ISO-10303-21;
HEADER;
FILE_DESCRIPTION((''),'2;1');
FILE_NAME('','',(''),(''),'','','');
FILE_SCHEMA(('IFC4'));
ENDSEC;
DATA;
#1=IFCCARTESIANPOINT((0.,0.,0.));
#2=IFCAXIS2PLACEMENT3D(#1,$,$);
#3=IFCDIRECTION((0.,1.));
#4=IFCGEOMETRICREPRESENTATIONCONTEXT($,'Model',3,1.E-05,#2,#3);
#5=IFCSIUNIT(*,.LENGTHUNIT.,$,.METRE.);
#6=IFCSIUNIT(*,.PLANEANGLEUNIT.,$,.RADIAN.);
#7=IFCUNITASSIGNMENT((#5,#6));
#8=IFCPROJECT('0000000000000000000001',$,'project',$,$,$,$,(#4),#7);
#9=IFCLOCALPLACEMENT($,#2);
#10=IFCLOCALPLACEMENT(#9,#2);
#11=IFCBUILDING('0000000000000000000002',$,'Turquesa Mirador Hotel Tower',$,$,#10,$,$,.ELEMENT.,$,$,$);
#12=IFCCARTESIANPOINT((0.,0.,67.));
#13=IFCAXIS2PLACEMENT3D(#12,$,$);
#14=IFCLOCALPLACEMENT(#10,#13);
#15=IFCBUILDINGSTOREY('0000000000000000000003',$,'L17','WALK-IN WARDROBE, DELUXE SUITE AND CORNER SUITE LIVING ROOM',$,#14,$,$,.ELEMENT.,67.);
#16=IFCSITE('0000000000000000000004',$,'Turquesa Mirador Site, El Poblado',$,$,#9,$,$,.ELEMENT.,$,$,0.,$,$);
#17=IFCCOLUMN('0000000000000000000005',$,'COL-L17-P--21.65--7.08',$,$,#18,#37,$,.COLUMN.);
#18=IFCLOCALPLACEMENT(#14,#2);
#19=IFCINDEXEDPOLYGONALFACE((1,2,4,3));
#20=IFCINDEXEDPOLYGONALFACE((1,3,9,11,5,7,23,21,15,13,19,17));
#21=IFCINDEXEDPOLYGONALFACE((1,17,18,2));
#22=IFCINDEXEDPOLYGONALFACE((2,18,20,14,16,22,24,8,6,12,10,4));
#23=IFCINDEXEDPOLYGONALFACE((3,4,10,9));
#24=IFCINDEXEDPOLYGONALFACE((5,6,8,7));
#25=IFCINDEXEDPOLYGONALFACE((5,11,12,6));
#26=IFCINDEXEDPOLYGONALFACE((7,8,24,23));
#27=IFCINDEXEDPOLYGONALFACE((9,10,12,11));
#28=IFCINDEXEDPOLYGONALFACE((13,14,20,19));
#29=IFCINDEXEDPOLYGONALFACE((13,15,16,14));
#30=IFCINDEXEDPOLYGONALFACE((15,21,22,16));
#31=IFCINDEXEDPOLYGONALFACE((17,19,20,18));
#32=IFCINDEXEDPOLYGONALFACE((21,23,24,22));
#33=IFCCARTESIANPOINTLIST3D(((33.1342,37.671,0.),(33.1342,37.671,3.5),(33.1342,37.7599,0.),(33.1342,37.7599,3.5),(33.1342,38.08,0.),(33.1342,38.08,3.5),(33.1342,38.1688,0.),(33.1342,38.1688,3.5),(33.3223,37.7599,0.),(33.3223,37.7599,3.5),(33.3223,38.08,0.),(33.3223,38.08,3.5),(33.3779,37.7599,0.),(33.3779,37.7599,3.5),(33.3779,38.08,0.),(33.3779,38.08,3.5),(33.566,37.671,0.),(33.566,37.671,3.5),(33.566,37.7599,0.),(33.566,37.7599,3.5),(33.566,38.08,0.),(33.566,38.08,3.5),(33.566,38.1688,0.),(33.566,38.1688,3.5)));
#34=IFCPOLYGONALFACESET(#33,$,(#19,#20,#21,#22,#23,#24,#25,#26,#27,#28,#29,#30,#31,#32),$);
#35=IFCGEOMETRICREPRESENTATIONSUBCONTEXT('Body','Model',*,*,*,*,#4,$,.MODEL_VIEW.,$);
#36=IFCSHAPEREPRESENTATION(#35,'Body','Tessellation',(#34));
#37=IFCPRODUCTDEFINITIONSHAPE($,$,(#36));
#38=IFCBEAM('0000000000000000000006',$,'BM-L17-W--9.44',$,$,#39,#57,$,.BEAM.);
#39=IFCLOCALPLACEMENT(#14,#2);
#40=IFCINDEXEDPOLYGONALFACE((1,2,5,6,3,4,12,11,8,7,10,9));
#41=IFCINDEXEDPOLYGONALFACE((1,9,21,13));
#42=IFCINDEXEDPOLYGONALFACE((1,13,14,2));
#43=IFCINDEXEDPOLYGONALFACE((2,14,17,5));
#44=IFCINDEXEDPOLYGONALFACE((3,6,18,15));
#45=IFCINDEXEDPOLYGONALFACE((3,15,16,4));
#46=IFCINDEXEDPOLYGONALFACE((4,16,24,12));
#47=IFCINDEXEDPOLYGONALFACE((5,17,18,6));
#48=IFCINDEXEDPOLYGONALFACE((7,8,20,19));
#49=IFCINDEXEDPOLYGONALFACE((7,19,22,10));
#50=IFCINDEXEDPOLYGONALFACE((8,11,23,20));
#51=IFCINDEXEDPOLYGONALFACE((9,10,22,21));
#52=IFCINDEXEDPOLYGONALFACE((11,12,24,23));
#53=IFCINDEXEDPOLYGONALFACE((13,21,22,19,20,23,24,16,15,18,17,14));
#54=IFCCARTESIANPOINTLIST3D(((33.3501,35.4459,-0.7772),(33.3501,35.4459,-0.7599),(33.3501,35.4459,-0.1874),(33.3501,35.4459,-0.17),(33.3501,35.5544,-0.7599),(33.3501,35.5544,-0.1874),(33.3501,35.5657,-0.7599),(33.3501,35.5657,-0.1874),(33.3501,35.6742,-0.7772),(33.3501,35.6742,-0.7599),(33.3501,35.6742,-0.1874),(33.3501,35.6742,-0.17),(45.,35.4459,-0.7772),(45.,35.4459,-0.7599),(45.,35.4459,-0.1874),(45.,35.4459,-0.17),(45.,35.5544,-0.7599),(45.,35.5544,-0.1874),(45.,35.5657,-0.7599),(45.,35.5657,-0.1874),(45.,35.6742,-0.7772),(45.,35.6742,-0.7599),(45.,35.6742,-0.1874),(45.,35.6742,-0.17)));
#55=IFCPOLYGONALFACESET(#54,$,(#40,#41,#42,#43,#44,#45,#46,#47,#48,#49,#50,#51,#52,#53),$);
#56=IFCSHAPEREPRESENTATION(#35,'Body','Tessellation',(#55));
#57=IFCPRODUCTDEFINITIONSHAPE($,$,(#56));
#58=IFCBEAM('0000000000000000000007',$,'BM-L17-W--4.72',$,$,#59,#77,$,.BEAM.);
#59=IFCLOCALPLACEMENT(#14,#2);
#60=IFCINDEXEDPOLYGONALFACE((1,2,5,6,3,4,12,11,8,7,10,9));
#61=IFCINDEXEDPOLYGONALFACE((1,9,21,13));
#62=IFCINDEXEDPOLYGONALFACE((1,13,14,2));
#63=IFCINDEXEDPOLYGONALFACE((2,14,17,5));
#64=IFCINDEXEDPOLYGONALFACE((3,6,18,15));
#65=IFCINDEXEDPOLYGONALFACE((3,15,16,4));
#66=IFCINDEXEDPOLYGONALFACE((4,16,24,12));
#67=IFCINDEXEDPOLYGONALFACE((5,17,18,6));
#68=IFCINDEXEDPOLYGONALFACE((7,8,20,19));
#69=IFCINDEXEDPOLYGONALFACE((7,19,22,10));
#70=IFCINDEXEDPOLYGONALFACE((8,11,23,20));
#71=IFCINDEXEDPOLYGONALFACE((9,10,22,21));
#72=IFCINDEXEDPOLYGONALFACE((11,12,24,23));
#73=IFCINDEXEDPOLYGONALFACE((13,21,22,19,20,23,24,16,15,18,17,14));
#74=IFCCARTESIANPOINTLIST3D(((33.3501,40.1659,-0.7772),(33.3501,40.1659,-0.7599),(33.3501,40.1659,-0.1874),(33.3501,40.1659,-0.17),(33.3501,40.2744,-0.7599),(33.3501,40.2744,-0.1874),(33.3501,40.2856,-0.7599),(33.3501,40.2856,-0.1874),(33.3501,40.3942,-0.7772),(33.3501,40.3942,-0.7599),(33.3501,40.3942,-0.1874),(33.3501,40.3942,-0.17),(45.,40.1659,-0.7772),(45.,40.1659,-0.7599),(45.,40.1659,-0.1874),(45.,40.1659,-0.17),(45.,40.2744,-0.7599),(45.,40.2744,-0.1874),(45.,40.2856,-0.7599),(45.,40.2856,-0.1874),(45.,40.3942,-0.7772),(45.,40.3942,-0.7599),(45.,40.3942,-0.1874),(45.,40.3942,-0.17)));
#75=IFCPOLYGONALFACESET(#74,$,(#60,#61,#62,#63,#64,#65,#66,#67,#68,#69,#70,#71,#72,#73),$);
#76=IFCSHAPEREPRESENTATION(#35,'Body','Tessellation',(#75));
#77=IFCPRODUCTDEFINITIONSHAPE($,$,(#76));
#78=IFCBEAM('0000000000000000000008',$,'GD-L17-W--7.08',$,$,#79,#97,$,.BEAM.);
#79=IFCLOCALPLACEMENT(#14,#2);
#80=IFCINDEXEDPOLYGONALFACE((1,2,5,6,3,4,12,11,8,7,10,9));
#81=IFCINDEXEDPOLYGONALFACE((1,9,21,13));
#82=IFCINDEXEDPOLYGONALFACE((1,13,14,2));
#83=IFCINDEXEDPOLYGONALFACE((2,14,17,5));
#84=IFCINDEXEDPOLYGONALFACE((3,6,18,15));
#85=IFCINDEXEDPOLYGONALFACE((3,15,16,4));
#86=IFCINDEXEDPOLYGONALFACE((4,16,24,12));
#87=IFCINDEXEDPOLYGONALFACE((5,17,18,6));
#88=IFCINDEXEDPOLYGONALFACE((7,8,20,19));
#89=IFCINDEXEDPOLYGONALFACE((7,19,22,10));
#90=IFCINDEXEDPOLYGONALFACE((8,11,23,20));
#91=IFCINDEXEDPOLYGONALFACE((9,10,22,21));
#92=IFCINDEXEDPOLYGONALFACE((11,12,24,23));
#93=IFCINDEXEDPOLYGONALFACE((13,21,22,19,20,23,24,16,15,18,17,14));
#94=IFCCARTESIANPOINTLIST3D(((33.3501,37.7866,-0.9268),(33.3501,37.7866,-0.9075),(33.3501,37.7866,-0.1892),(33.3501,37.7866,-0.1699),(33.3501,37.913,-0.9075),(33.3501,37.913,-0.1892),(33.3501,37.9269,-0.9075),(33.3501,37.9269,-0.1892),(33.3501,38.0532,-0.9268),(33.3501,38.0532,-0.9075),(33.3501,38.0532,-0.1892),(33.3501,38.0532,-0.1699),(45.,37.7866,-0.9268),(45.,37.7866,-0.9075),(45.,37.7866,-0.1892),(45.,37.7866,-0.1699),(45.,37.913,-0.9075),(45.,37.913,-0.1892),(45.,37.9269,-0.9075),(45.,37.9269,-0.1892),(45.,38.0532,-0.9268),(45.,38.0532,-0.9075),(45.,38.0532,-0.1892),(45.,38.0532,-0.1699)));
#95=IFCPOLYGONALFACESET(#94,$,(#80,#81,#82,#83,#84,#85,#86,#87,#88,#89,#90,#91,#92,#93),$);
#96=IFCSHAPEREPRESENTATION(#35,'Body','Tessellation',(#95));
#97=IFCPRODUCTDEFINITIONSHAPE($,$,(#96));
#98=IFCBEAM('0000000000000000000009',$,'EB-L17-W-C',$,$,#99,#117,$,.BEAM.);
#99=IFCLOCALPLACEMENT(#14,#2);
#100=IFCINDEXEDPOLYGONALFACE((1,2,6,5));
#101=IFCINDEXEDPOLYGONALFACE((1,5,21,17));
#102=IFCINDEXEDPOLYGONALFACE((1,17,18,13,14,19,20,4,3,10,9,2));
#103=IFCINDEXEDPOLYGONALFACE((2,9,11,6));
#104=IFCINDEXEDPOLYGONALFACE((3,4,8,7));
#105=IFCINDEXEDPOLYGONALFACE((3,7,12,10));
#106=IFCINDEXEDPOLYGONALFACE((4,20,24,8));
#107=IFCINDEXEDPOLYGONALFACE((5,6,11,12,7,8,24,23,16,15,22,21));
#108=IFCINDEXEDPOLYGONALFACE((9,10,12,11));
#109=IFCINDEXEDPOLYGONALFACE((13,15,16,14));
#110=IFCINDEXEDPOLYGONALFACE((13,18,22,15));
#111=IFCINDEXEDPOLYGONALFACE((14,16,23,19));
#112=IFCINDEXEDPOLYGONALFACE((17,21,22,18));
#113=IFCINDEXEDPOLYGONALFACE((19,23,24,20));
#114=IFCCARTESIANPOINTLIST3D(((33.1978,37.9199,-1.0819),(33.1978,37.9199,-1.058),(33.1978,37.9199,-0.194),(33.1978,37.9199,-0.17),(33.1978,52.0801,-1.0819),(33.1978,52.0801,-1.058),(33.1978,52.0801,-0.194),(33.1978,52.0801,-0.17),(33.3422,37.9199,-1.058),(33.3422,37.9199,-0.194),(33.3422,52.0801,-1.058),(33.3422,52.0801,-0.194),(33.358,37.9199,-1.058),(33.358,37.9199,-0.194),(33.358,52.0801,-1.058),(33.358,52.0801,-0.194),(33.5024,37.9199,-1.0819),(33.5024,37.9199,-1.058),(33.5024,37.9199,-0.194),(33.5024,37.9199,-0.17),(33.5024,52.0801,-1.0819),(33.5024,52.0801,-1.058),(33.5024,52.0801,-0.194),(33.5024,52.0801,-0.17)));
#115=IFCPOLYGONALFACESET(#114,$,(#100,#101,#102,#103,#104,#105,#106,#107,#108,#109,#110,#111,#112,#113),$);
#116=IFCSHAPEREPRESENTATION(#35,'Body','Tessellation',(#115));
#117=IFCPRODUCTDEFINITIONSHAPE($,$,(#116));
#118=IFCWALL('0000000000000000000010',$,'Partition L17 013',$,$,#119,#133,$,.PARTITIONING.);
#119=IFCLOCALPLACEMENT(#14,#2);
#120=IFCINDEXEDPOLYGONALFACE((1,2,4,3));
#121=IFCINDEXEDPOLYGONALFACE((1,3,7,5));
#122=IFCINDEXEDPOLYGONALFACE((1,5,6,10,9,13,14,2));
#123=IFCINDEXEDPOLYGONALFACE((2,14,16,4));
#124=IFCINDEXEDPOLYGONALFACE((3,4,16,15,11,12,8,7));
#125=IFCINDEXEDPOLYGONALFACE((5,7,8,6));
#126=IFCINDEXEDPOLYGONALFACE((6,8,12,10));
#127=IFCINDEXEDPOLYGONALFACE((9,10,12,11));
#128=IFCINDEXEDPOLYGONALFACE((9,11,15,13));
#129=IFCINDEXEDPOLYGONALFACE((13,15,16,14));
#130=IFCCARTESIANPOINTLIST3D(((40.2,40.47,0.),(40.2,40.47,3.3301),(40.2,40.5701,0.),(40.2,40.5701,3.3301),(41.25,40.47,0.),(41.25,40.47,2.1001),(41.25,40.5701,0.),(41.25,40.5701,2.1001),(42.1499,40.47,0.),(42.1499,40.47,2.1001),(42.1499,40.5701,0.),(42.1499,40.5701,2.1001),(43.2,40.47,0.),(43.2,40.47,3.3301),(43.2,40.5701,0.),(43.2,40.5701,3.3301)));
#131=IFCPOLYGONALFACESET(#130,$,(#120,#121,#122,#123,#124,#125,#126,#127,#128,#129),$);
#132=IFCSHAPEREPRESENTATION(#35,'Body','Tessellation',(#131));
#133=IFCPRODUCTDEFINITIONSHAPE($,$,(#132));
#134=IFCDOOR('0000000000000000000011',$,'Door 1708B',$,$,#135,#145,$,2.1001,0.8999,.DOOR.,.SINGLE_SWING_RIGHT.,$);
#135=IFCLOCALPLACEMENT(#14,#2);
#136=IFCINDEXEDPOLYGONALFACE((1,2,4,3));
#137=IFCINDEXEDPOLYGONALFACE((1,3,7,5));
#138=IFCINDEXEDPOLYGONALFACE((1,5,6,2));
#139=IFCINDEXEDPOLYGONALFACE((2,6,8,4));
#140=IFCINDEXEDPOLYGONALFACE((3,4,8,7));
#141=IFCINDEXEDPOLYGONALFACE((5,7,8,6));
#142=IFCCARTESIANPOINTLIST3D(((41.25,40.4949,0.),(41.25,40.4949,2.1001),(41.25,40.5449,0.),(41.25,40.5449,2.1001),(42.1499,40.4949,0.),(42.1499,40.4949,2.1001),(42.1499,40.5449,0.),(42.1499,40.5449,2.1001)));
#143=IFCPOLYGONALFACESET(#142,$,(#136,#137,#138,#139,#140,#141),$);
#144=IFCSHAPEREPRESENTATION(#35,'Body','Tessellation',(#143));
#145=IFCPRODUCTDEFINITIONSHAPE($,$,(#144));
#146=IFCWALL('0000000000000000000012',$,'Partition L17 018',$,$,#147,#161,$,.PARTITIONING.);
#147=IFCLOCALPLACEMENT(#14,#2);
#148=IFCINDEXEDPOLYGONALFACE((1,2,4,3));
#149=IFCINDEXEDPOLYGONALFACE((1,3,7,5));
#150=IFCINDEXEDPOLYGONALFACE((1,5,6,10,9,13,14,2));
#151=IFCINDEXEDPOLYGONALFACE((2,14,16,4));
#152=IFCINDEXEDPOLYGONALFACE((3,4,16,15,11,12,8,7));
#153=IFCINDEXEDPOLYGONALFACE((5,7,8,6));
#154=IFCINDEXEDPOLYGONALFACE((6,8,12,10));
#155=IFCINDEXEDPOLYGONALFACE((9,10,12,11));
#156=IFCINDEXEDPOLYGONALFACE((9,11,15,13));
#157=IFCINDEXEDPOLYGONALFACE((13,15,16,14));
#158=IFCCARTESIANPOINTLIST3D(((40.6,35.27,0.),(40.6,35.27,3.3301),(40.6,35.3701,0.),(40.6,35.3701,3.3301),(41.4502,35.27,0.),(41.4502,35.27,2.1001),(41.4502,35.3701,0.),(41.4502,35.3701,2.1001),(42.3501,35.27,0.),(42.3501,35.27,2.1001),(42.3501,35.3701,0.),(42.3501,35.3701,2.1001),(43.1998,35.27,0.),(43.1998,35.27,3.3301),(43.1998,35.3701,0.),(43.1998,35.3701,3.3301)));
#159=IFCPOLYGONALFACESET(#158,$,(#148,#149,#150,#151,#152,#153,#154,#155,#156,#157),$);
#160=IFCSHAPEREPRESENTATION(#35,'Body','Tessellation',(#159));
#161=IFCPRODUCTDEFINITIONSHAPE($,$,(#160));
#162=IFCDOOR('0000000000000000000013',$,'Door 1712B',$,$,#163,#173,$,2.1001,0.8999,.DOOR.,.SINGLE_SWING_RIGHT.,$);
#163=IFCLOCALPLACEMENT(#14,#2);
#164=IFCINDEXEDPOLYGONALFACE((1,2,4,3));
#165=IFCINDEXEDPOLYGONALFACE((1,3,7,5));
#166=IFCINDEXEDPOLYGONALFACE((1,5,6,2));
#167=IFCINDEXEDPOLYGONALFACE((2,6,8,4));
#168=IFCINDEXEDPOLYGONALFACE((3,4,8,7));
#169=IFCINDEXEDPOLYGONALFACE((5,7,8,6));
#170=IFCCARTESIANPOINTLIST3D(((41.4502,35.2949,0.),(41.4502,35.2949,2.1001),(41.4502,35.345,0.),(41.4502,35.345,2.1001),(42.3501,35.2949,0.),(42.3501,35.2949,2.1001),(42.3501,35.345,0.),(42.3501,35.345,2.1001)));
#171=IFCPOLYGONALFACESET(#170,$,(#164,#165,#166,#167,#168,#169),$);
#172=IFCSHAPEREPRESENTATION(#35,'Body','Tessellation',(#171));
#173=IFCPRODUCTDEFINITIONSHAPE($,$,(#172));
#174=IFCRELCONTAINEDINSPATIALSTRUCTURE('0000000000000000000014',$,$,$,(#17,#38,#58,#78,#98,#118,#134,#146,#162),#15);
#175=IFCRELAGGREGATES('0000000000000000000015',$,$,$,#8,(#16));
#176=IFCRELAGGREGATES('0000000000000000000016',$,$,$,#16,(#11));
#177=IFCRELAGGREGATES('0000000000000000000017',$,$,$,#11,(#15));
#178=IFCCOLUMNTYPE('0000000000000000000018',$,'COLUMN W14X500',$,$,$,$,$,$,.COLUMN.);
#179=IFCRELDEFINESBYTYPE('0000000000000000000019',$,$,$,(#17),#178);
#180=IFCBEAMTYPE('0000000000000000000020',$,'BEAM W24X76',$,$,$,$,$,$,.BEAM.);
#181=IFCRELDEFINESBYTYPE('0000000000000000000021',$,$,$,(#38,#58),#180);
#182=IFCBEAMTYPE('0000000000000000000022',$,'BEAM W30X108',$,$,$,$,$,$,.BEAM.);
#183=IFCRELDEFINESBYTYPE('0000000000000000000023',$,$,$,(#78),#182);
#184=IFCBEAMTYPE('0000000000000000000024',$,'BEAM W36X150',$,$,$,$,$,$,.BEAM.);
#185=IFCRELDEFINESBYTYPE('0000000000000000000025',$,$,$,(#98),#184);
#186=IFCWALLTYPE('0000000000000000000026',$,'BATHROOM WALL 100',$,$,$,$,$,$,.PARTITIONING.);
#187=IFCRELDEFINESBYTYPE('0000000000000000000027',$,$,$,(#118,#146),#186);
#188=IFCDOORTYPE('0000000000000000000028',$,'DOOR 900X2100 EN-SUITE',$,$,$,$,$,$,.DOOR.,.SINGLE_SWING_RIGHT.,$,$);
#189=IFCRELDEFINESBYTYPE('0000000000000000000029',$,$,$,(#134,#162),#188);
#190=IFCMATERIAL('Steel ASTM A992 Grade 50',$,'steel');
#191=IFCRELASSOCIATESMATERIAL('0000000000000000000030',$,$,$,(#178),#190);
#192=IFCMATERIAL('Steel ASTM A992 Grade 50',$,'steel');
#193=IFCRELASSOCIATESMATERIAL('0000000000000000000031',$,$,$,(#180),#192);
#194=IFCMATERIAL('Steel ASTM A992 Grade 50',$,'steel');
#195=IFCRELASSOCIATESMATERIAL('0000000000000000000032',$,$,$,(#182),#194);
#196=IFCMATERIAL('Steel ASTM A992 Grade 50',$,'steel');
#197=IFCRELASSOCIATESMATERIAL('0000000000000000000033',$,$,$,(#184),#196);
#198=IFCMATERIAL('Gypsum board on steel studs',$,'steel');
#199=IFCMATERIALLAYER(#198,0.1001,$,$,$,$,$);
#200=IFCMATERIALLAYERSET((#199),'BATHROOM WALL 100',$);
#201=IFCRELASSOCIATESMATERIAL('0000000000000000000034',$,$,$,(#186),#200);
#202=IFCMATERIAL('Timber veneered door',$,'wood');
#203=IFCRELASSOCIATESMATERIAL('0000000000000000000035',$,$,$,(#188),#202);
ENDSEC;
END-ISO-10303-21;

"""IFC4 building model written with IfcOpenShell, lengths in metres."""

from ifc_helpers import new_model, si_unit, direction, frame, frame_2d, origin, origin_2d, place, context, subcontext, project, spatial, rectangle, i_section, extrude, material, layer, layer_set, material_profile, profile_set, type_object, element, fill, save


model = new_model("IFC4")

# Units and contexts
model_context = context("Model", 3, precision=1e-05, world=origin(), true_north=direction((0.0, 1.0)))
body_context = subcontext(model_context, "Body", "Model", "MODEL_VIEW")
ifc_project = project(units=[si_unit("LENGTHUNIT", "METRE"), si_unit("PLANEANGLEUNIT", "RADIAN")], contexts=[model_context])

# Site, building, storey
site_placement = place(None, origin())
site = spatial("IfcSite", under=ifc_project, at=site_placement, Name="Turquesa Mirador Site, El Poblado", CompositionType="ELEMENT", RefElevation=0.0)
building_placement = place(site_placement, origin())
building = spatial("IfcBuilding", under=site, at=building_placement, Name="Turquesa Mirador Hotel Tower", CompositionType="ELEMENT")
storey_placement = place(building_placement, frame((0.0, 0.0, 67.0)))
storey = spatial("IfcBuildingStorey", under=building, at=storey_placement, Name="L17", Description="WALK-IN WARDROBE, DELUXE SUITE AND CORNER SUITE LIVING ROOM", CompositionType="ELEMENT", Elevation=67.0)

# Column
ifc_material_1 = material(Name="Steel ASTM A992 Grade 50", Category="steel")
ifc_material_profile_1 = material_profile(ifc_material_1, i_section(OverallWidth=0.4319, OverallDepth=0.4978, WebThickness=0.0557, FlangeThickness=0.0889, at=origin_2d()), Name="W14X500")
ifc_profile_set_1 = profile_set([ifc_material_profile_1], Name="Steel ASTM A992 Grade 50")
column_type = type_object("IfcColumnType", Name="COLUMN W14X500", PredefinedType="COLUMN", material=ifc_profile_set_1)
column_placement = place(storey_placement, frame((33.3501, 37.9199, 0.0), z_axis=(0.0, 0.0, 1.0), x_axis=(1.0, 0.0, 0.0)))
element("IfcColumn", 1, at=column_placement, inside=storey, type_object=column_type, Name="COL-L17-P--21.65--7.08", PredefinedType="COLUMN", context=body_context, shape_type="SweptSolid", body=[
    extrude(i_section(OverallWidth=0.4319, OverallDepth=0.4978, WebThickness=0.0557, FlangeThickness=0.0889, at=origin_2d()), origin(), (0.0, 0.0, 1.0), 3.5),
])

# Beams
ifc_material_2 = material(Name="Steel ASTM A992 Grade 50", Category="steel")
ifc_material_profile_2 = material_profile(ifc_material_2, i_section(OverallWidth=0.2283, OverallDepth=0.6072, WebThickness=0.0112, FlangeThickness=0.0173, at=origin_2d()), Name="W24X76")
ifc_profile_set_2 = profile_set([ifc_material_profile_2], Name="Steel ASTM A992 Grade 50")
beam_type_1 = type_object("IfcBeamType", Name="BEAM W24X76", PredefinedType="BEAM", material=ifc_profile_set_2)
for number, where, z_axis, x_axis, name in (
    (2, (33.3501, 35.5601, -0.4736), (1.0, 0.0, 0.0), (0.0, 1.0, 0.0), "BM-L17-W--9.44"),
    (3, (33.3501, 40.28, -0.4736), (1.0, 0.0, 0.0), (0.0, 1.0, 0.0), "BM-L17-W--4.72"),
):
    element("IfcBeam", number, at=place(storey_placement, frame(where, z_axis=z_axis, x_axis=x_axis)), inside=storey, type_object=beam_type_1, Name=name, PredefinedType="BEAM", context=body_context, shape_type="SweptSolid", body=[
        extrude(i_section(OverallWidth=0.2283, OverallDepth=0.6072, WebThickness=0.0112, FlangeThickness=0.0173, at=origin_2d()), origin(), (0.0, 0.0, 1.0), 11.6499),
    ])
ifc_material_3 = material(Name="Steel ASTM A992 Grade 50", Category="steel")
ifc_material_profile_3 = material_profile(ifc_material_3, i_section(OverallWidth=0.2666, OverallDepth=0.7568, WebThickness=0.0139, FlangeThickness=0.0193, at=origin_2d()), Name="W30X108")
ifc_profile_set_3 = profile_set([ifc_material_profile_3], Name="Steel ASTM A992 Grade 50")
beam_type_2 = type_object("IfcBeamType", Name="BEAM W30X108", PredefinedType="BEAM", material=ifc_profile_set_3)
beam_1_placement = place(storey_placement, frame((33.3501, 37.9199, -0.5483), z_axis=(1.0, 0.0, 0.0), x_axis=(0.0, 1.0, 0.0)))
element("IfcBeam", 4, at=beam_1_placement, inside=storey, type_object=beam_type_2, Name="GD-L17-W--7.08", PredefinedType="BEAM", context=body_context, shape_type="SweptSolid", body=[
    extrude(i_section(OverallWidth=0.2666, OverallDepth=0.7568, WebThickness=0.0139, FlangeThickness=0.0193, at=origin_2d()), origin(), (0.0, 0.0, 1.0), 11.6499),
])
ifc_material_4 = material(Name="Steel ASTM A992 Grade 50", Category="steel")
ifc_material_profile_4 = material_profile(ifc_material_4, i_section(OverallWidth=0.3047, OverallDepth=0.9119, WebThickness=0.0159, FlangeThickness=0.0239, at=origin_2d()), Name="W36X150")
ifc_profile_set_4 = profile_set([ifc_material_profile_4], Name="Steel ASTM A992 Grade 50")
beam_type_3 = type_object("IfcBeamType", Name="BEAM W36X150", PredefinedType="BEAM", material=ifc_profile_set_4)
beam_2_placement = place(storey_placement, frame((33.3501, 37.9199, -0.626), z_axis=(0.0, 1.0, 0.0), x_axis=(-1.0, 0.0, 0.0)))
element("IfcBeam", 5, at=beam_2_placement, inside=storey, type_object=beam_type_3, Name="EB-L17-W-C", PredefinedType="BEAM", context=body_context, shape_type="SweptSolid", body=[
    extrude(i_section(OverallWidth=0.3047, OverallDepth=0.9119, WebThickness=0.0159, FlangeThickness=0.0239, at=origin_2d()), origin(), (0.0, 0.0, 1.0), 14.1602),
])

# Walls, openings, doors
ifc_material_5 = material(Name="Gypsum board on steel studs", Category="steel")
ifc_layer = layer(ifc_material_5, 0.1001)
ifc_layer_set = layer_set([ifc_layer], Name="BATHROOM WALL 100")
wall_type = type_object("IfcWallType", Name="BATHROOM WALL 100", PredefinedType="PARTITIONING", material=ifc_layer_set)
wall_1_placement = place(storey_placement, frame((40.2, 40.52, 0.0), z_axis=(0.0, 0.0, 1.0), x_axis=(1.0, 0.0, 0.0)))
wall_1 = element("IfcWall", 6, at=wall_1_placement, inside=storey, type_object=wall_type, Name="Partition L17 013", PredefinedType="PARTITIONING", context=body_context, shape_type="SweptSolid", body=[
    extrude(rectangle(XDim=3.0, YDim=0.1001, at=frame_2d((1.5, 0.0))), origin(), (0.0, 0.0, 1.0), 3.3301),
])
opening_1_placement = place(wall_1_placement, frame((1.05, 0.0, 0.0)))
opening_1 = element("IfcOpeningElement", 7, at=opening_1_placement, cuts=wall_1, PredefinedType="OPENING", context=body_context, shape_type="SweptSolid", body=[
    extrude(rectangle(XDim=0.8999, YDim=2.1001, at=frame_2d((0.45, 1.05))), frame((0.0, 0.0601, 0.0), z_axis=(0.0, -1.0, 0.0), x_axis=(1.0, 0.0, 0.0)), (0.0, 0.0, 1.0), 0.1201),
])
ifc_material_6 = material(Name="Timber veneered door", Category="wood")
door_type = type_object("IfcDoorType", Name="DOOR 900X2100 EN-SUITE", OperationType="SINGLE_SWING_RIGHT", PredefinedType="DOOR", material=ifc_material_6)
door_1_placement = place(opening_1_placement, origin())
door_1 = element("IfcDoor", 8, at=door_1_placement, inside=storey, type_object=door_type, Name="Door 1708B", OperationType="SINGLE_SWING_RIGHT", OverallHeight=2.1001, OverallWidth=0.8999, PredefinedType="DOOR", context=body_context, shape_type="SweptSolid", body=[
    extrude(rectangle(XDim=0.8999, YDim=2.1001, at=frame_2d((0.45, 1.05))), frame((0.0, 0.0249, 0.0), z_axis=(0.0, -1.0, 0.0), x_axis=(1.0, 0.0, 0.0)), (0.0, 0.0, 1.0), 0.05),
])
fill(opening_1, door_1)
wall_2_placement = place(storey_placement, frame((40.6001, 35.3201, 0.0), z_axis=(0.0, 0.0, 1.0), x_axis=(1.0, 0.0, 0.0)))
wall_2 = element("IfcWall", 9, at=wall_2_placement, inside=storey, type_object=wall_type, Name="Partition L17 018", PredefinedType="PARTITIONING", context=body_context, shape_type="SweptSolid", body=[
    extrude(rectangle(XDim=2.5999, YDim=0.1001, at=frame_2d((1.2998, 0.0))), origin(), (0.0, 0.0, 1.0), 3.3301),
])
opening_2_placement = place(wall_2_placement, frame((0.8501, 0.0, 0.0)))
opening_2 = element("IfcOpeningElement", 10, at=opening_2_placement, cuts=wall_2, PredefinedType="OPENING", context=body_context, shape_type="SweptSolid", body=[
    extrude(rectangle(XDim=0.8999, YDim=2.1001, at=frame_2d((0.45, 1.05))), frame((0.0, 0.0601, 0.0), z_axis=(0.0, -1.0, 0.0), x_axis=(1.0, 0.0, 0.0)), (0.0, 0.0, 1.0), 0.1201),
])
door_2_placement = place(opening_2_placement, origin())
door_2 = element("IfcDoor", 11, at=door_2_placement, inside=storey, type_object=door_type, Name="Door 1712B", OperationType="SINGLE_SWING_RIGHT", OverallHeight=2.1001, OverallWidth=0.8999, PredefinedType="DOOR", context=body_context, shape_type="SweptSolid", body=[
    extrude(rectangle(XDim=0.8999, YDim=2.1001, at=frame_2d((0.45, 1.05))), frame((0.0, 0.0249, 0.0), z_axis=(0.0, -1.0, 0.0), x_axis=(1.0, 0.0, 0.0)), (0.0, 0.0, 1.0), 0.05),
])
fill(opening_2, door_2)

save(model, "model.ifc")
